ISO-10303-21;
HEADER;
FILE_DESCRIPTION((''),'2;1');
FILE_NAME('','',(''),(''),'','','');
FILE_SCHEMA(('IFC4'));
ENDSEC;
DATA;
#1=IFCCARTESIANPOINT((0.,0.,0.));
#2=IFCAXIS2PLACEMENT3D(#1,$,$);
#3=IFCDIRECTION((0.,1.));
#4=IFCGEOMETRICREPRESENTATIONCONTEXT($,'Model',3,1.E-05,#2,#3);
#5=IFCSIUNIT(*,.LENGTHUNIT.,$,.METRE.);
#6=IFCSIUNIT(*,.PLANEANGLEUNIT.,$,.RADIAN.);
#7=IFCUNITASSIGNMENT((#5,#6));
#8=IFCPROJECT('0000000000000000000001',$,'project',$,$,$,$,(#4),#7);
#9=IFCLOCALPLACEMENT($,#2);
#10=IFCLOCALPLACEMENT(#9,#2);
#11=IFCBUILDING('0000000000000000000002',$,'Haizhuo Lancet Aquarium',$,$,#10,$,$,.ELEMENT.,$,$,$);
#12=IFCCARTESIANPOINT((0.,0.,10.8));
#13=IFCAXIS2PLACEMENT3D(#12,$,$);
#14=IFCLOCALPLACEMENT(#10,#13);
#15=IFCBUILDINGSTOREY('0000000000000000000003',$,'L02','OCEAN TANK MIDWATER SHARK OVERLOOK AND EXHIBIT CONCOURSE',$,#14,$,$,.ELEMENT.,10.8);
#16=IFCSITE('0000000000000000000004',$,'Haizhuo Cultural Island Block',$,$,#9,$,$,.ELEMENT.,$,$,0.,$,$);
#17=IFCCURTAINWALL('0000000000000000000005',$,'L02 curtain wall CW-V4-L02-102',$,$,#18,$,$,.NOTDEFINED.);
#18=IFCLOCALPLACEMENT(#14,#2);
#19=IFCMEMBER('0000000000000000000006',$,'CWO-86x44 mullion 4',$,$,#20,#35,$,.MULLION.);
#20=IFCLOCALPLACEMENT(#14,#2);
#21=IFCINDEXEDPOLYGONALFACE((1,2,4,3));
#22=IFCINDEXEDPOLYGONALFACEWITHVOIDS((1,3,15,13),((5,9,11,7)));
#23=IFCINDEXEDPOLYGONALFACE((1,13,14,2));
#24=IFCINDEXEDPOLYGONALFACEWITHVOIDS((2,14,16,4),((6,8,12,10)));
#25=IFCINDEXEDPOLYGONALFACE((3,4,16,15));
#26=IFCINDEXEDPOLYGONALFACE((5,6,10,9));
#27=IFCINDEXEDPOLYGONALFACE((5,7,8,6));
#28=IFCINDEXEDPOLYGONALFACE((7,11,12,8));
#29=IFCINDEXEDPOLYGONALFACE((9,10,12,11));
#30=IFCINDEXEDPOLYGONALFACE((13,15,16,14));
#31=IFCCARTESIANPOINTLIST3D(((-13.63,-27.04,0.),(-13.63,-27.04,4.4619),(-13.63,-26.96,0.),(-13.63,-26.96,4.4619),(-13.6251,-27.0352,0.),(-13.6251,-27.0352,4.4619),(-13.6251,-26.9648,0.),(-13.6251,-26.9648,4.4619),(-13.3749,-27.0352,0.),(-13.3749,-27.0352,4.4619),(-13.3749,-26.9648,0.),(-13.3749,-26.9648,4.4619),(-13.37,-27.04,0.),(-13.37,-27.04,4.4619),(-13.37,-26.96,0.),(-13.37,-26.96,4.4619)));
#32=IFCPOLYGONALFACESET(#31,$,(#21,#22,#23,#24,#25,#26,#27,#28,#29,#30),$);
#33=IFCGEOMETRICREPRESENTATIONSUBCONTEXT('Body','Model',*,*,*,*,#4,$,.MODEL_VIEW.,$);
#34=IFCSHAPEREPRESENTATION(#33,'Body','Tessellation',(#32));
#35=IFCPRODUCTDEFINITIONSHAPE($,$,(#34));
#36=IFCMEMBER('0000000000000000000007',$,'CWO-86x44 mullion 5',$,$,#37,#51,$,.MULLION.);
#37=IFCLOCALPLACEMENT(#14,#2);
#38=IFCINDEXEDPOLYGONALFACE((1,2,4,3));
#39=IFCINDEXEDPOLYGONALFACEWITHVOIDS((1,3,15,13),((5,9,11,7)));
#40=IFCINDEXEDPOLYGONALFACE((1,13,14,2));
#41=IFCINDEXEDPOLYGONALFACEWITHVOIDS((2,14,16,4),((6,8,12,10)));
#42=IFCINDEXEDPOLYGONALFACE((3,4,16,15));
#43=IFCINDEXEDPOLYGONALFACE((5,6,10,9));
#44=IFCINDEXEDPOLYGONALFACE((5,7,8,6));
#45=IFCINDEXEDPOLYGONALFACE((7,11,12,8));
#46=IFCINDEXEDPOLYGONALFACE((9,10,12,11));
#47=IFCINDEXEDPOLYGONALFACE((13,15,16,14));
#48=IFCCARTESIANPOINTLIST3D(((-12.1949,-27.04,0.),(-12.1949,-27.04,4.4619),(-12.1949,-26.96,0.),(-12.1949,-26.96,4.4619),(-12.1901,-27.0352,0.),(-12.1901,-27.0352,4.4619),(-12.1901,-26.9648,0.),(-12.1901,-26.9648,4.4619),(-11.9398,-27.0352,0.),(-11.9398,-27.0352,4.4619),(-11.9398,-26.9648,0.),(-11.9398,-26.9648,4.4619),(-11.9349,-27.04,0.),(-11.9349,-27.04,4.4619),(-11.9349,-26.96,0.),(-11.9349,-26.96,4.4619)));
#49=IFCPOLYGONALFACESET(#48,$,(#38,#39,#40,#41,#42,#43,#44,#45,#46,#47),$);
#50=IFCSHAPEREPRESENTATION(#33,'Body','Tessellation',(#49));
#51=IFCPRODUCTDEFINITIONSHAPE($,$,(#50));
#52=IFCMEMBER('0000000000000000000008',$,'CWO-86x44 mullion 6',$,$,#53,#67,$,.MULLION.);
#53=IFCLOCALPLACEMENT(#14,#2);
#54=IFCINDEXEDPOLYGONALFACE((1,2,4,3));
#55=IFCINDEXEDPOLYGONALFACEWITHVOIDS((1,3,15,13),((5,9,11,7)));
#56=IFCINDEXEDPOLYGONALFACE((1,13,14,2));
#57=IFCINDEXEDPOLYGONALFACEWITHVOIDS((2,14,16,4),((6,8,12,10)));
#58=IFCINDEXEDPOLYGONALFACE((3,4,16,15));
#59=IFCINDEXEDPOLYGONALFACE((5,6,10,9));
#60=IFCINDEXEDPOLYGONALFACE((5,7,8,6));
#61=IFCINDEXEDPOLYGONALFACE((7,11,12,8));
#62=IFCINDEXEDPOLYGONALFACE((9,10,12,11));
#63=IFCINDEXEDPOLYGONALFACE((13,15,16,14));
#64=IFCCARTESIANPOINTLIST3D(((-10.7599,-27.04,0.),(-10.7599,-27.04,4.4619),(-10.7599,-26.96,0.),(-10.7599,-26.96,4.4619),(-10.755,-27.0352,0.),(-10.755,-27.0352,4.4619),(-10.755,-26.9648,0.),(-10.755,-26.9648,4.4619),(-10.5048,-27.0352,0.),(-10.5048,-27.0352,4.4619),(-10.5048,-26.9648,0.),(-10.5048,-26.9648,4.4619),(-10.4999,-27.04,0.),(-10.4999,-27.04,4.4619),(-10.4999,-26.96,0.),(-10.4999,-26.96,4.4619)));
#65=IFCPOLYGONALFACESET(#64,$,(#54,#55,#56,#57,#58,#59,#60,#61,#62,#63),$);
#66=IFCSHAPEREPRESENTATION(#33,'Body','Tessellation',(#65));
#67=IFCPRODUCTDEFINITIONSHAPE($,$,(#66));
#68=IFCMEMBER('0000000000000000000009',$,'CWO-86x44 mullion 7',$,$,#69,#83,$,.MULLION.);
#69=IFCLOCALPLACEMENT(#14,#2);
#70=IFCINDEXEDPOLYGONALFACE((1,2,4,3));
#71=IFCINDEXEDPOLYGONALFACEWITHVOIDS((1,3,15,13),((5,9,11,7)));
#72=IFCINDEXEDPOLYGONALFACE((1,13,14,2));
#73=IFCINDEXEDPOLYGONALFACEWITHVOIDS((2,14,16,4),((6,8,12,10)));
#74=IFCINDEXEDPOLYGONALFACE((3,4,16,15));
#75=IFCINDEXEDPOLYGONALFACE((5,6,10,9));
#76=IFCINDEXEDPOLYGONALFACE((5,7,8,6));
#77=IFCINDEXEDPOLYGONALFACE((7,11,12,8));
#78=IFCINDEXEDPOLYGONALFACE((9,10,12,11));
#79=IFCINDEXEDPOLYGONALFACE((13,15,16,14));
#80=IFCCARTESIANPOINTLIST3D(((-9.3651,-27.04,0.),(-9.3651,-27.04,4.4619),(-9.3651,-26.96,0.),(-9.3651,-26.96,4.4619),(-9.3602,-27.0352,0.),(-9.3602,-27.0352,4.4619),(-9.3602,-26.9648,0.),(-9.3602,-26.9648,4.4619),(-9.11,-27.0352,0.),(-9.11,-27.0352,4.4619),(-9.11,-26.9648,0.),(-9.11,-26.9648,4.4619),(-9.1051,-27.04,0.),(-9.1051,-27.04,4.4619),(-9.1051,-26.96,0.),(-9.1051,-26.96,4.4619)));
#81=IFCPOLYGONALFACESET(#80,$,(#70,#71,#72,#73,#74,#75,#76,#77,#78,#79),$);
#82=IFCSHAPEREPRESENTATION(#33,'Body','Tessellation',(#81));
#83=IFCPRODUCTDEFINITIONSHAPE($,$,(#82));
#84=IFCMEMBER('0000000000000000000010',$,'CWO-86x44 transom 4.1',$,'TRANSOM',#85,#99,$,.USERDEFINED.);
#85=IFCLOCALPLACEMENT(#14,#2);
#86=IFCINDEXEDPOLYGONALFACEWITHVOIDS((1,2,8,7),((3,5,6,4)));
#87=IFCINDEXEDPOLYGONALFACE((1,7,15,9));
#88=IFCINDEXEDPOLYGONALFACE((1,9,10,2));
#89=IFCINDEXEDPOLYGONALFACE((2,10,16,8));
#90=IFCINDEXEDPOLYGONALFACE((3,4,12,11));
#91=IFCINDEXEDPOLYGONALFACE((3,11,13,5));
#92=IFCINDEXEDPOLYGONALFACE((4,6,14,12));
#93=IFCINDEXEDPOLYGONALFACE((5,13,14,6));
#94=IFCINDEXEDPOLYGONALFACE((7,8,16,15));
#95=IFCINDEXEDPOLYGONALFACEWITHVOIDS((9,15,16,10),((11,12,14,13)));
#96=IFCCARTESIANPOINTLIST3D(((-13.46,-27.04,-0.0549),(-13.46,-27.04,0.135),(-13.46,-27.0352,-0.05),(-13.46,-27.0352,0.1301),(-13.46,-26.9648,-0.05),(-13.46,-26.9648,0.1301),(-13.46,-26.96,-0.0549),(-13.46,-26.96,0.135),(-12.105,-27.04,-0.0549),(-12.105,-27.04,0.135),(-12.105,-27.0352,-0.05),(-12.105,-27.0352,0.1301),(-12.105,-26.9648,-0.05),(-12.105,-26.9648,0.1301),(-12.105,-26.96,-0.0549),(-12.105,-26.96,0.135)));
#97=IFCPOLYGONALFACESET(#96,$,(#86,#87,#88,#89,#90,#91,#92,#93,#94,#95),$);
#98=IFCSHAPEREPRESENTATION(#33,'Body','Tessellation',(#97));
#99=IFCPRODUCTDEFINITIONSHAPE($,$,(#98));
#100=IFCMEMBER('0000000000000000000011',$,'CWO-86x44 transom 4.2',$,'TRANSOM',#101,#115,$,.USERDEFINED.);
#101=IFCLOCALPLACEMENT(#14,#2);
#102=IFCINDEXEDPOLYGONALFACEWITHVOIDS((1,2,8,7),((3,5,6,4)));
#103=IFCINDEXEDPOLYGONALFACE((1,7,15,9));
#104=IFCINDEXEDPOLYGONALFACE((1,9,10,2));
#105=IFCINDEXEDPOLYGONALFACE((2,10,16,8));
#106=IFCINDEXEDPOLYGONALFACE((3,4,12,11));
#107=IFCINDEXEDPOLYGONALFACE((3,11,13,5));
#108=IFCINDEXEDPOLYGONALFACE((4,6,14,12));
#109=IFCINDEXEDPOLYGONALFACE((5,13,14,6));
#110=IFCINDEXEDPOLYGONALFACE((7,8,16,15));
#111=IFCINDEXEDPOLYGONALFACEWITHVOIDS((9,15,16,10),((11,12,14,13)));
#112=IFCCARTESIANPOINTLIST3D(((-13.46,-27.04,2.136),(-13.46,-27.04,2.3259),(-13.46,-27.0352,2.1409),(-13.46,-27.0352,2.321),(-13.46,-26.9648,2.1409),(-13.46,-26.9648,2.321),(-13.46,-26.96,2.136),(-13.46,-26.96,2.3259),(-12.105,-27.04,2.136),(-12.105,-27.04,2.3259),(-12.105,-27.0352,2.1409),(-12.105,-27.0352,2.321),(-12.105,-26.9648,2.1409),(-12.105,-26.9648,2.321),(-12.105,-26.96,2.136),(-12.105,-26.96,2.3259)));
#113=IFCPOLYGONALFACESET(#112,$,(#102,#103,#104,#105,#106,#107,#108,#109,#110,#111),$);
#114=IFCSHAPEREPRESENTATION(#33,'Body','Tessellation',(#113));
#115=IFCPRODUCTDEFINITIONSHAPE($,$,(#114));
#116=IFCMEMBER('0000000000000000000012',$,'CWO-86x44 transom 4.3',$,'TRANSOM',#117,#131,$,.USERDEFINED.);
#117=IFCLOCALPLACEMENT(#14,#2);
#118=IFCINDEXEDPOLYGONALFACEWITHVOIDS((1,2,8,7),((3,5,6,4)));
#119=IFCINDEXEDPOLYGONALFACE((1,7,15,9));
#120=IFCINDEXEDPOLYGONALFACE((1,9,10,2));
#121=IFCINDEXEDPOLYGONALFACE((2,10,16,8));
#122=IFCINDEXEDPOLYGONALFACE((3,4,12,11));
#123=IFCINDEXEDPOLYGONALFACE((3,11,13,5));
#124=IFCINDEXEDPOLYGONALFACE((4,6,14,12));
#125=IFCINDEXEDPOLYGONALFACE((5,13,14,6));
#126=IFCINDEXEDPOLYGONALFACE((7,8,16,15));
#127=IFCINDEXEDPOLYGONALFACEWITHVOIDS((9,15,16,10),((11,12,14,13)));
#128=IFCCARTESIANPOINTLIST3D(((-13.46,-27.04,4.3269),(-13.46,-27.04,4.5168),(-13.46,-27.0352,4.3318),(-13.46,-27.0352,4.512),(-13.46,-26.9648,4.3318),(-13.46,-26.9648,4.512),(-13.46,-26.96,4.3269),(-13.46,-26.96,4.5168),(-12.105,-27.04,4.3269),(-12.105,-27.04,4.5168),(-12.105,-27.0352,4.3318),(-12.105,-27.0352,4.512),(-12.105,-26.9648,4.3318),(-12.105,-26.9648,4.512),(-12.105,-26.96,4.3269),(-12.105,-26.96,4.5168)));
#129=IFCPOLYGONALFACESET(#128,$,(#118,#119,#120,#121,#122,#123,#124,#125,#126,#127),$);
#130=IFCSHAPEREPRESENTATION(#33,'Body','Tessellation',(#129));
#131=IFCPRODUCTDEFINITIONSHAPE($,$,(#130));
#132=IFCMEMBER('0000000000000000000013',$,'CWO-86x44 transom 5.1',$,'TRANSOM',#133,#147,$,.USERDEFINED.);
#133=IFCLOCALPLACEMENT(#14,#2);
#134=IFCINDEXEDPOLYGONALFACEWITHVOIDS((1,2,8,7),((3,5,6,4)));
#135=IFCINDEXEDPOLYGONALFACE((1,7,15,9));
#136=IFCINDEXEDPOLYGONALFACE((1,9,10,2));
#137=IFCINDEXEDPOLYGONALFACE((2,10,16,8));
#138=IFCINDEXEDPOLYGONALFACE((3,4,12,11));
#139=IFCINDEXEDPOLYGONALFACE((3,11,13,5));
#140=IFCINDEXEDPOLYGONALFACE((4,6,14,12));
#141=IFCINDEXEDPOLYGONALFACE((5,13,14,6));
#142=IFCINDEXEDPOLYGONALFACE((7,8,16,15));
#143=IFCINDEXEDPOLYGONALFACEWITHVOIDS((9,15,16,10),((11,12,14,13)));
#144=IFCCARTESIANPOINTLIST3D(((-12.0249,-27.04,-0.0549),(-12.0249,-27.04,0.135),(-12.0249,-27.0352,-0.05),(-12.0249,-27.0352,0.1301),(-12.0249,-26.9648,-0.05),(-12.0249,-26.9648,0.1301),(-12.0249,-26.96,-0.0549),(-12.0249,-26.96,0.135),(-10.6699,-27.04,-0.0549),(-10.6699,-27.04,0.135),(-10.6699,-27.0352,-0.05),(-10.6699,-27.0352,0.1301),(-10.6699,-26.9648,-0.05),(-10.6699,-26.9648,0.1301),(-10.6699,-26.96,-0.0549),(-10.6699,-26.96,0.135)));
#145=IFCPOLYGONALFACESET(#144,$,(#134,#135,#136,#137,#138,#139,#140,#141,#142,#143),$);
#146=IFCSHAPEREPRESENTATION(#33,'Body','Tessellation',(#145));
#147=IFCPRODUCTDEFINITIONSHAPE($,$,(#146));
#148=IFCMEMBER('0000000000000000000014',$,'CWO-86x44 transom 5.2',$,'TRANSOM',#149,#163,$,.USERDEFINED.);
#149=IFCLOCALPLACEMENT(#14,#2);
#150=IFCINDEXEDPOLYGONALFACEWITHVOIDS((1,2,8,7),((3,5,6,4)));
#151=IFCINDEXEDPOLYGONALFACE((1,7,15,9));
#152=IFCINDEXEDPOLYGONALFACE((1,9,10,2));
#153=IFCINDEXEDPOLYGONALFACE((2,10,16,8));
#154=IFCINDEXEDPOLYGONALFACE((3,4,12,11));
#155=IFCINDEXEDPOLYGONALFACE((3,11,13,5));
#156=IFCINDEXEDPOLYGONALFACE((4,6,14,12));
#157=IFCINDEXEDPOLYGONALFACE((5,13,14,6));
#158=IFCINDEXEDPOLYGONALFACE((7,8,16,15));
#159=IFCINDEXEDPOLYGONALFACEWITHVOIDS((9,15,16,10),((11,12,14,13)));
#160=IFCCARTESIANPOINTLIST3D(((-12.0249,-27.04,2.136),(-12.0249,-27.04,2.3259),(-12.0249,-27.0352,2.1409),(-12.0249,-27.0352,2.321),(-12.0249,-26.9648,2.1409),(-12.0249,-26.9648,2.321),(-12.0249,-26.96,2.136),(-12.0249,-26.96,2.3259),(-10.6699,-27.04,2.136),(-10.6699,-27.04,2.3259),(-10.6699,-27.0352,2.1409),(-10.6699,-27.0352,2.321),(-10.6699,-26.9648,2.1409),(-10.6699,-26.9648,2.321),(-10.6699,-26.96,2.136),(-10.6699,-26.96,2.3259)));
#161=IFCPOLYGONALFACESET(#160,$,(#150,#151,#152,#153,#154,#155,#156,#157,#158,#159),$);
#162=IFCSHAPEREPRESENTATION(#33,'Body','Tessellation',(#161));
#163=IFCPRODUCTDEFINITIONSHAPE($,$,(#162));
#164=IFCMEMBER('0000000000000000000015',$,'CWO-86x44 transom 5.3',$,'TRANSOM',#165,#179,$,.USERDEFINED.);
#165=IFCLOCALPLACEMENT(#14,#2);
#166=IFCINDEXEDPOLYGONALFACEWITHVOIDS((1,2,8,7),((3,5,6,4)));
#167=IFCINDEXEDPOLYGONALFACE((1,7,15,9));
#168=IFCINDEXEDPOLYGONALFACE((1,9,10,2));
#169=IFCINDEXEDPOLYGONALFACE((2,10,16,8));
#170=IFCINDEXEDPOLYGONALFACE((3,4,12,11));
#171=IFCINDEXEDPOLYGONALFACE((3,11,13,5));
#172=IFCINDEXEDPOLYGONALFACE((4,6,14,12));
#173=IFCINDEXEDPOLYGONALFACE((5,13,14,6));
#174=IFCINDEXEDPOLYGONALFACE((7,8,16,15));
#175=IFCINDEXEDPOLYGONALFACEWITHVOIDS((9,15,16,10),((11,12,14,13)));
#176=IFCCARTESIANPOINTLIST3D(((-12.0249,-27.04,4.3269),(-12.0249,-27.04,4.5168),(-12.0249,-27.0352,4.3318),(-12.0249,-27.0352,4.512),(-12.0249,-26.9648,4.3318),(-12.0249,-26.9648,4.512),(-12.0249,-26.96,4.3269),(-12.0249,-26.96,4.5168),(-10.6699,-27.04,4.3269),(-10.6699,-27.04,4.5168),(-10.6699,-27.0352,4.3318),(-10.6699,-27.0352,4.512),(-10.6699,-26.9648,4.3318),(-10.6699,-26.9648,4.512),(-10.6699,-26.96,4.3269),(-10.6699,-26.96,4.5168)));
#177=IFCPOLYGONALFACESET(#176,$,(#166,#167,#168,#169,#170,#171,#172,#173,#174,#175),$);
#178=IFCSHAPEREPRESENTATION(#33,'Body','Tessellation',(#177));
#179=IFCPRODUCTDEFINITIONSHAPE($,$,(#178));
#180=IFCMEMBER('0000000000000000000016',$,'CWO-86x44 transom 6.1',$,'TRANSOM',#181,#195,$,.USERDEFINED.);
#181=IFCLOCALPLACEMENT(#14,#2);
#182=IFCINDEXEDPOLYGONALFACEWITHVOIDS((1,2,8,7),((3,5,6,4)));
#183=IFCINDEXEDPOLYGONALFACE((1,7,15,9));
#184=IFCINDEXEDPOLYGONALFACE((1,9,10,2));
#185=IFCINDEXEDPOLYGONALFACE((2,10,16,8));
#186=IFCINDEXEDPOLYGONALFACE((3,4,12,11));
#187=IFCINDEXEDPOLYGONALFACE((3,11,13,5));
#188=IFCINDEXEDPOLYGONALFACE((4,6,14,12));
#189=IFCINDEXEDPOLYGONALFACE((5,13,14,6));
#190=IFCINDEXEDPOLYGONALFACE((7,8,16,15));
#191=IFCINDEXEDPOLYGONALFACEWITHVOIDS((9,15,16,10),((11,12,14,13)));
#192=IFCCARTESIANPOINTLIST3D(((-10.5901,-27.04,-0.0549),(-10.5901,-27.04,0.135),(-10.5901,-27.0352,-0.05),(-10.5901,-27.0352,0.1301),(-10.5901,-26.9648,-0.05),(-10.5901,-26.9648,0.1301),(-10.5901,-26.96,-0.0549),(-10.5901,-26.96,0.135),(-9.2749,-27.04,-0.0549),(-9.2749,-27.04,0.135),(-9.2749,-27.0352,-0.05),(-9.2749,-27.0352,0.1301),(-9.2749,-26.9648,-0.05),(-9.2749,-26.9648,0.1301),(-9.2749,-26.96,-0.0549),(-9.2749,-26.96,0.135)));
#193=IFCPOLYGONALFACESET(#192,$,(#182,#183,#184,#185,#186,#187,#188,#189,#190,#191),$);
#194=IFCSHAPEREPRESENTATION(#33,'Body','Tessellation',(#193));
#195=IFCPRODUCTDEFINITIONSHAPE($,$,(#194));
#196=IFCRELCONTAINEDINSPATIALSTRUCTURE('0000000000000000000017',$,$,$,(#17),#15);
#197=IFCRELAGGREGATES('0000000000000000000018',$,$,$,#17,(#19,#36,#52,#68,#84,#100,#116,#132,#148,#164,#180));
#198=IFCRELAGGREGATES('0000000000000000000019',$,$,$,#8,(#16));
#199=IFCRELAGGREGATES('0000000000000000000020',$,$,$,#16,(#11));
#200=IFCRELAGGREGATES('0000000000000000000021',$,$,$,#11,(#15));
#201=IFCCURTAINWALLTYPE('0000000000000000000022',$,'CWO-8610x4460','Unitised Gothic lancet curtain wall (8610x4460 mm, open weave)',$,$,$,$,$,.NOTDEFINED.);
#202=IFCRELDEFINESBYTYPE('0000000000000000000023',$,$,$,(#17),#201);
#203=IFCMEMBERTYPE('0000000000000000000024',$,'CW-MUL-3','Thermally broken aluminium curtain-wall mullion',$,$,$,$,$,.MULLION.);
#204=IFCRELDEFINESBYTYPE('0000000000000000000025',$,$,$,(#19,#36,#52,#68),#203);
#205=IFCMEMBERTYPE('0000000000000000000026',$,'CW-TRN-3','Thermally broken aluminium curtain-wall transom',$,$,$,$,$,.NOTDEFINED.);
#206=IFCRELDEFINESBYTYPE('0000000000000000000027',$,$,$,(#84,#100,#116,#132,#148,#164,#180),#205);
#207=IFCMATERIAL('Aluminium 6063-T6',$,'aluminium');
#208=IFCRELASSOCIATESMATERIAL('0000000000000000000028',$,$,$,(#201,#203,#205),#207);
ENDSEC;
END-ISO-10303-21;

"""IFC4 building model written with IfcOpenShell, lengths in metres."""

from ifc_helpers import new_model, si_unit, direction, frame, origin, origin_2d, place, context, subcontext, project, spatial, hollow_rectangle, extrude, material, material_profile, profile_set, type_object, element, aggregate, save


model = new_model("IFC4")

# Units and contexts
model_context = context("Model", 3, precision=1e-05, world=origin(), true_north=direction((0.0, 1.0)))
body_context = subcontext(model_context, "Body", "Model", "MODEL_VIEW")
ifc_project = project(units=[si_unit("LENGTHUNIT", "METRE"), si_unit("PLANEANGLEUNIT", "RADIAN")], contexts=[model_context])

# Site, building, storey
site_placement = place(None, origin())
site = spatial("IfcSite", under=ifc_project, at=site_placement, Name="Haizhuo Cultural Island Block", CompositionType="ELEMENT", RefElevation=0.0)
building_placement = place(site_placement, origin())
building = spatial("IfcBuilding", under=site, at=building_placement, Name="Haizhuo Lancet Aquarium", CompositionType="ELEMENT")
storey_placement = place(building_placement, frame((0.0, 0.0, 10.8)))
storey = spatial("IfcBuildingStorey", under=building, at=storey_placement, Name="L02", Description="OCEAN TANK MIDWATER SHARK OVERLOOK AND EXHIBIT CONCOURSE", CompositionType="ELEMENT", Elevation=10.8)

# Curtain wall, members
ifc_material_1 = material(Name="Aluminium 6063-T6", Category="aluminium")
curtain_wall_type = type_object("IfcCurtainWallType", Name="CWO-8610x4460", Description="Unitised Gothic lancet curtain wall (8610x4460 mm, open weave)", PredefinedType="NOTDEFINED", material=ifc_material_1)
curtain_wall_placement = place(storey_placement, origin())
curtain_wall = element("IfcCurtainWall", 1, at=curtain_wall_placement, inside=storey, type_object=curtain_wall_type, Name="L02 curtain wall CW-V4-L02-102", PredefinedType="NOTDEFINED")
ifc_material_profile_1 = material_profile(ifc_material_1, hollow_rectangle(XDim=0.0801, YDim=0.26, WallThickness=0.0049, at=origin_2d()), Name="ALU-M 80x260x5")
ifc_profile_set_1 = profile_set([ifc_material_profile_1], Name="Aluminium 6063-T6")
member_type_1 = type_object("IfcMemberType", Name="CW-MUL-3", Description="Thermally broken aluminium curtain-wall mullion", PredefinedType="MULLION", material=ifc_profile_set_1)
member_1_placement = place(storey_placement, frame((-13.5, -27.0, 0.0), z_axis=(0.0, 0.0, 1.0), x_axis=(0.0, 1.0, 0.0)))
member_1 = element("IfcMember", 2, at=member_1_placement, type_object=member_type_1, Name="CWO-86x44 mullion 4", PredefinedType="MULLION", context=body_context, shape_type="SweptSolid", body=[
    extrude(hollow_rectangle(XDim=0.0801, YDim=0.26, WallThickness=0.0049, at=origin_2d()), origin(), (0.0, 0.0, 1.0), 4.4619),
])
member_2_placement = place(storey_placement, frame((-12.0649, -27.0, 0.0), z_axis=(0.0, 0.0, 1.0), x_axis=(0.0, 1.0, 0.0)))
member_2 = element("IfcMember", 3, at=member_2_placement, type_object=member_type_1, Name="CWO-86x44 mullion 5", PredefinedType="MULLION", context=body_context, shape_type="SweptSolid", body=[
    extrude(hollow_rectangle(XDim=0.0801, YDim=0.26, WallThickness=0.0049, at=origin_2d()), origin(), (0.0, 0.0, 1.0), 4.4619),
])
member_3_placement = place(storey_placement, frame((-10.6299, -27.0, 0.0), z_axis=(0.0, 0.0, 1.0), x_axis=(0.0, 1.0, 0.0)))
member_3 = element("IfcMember", 4, at=member_3_placement, type_object=member_type_1, Name="CWO-86x44 mullion 6", PredefinedType="MULLION", context=body_context, shape_type="SweptSolid", body=[
    extrude(hollow_rectangle(XDim=0.0801, YDim=0.26, WallThickness=0.0049, at=origin_2d()), origin(), (0.0, 0.0, 1.0), 4.4619),
])
member_4_placement = place(storey_placement, frame((-9.2351, -27.0, 0.0), z_axis=(0.0, 0.0, 1.0), x_axis=(0.0, 1.0, 0.0)))
member_4 = element("IfcMember", 5, at=member_4_placement, type_object=member_type_1, Name="CWO-86x44 mullion 7", PredefinedType="MULLION", context=body_context, shape_type="SweptSolid", body=[
    extrude(hollow_rectangle(XDim=0.0801, YDim=0.26, WallThickness=0.0049, at=origin_2d()), origin(), (0.0, 0.0, 1.0), 4.4619),
])
ifc_material_profile_2 = material_profile(ifc_material_1, hollow_rectangle(XDim=0.0801, YDim=0.1899, WallThickness=0.0049, at=origin_2d()), Name="ALU-T 80x190x5")
ifc_profile_set_2 = profile_set([ifc_material_profile_2], Name="Aluminium 6063-T6")
member_type_2 = type_object("IfcMemberType", Name="CW-TRN-3", Description="Thermally broken aluminium curtain-wall transom", PredefinedType="NOTDEFINED", material=ifc_profile_set_2)
member_5_placement = place(storey_placement, frame((-13.46, -27.0, 0.04), z_axis=(1.0, 0.0, 0.0), x_axis=(0.0, 1.0, 0.0)))
member_5 = element("IfcMember", 6, at=member_5_placement, type_object=member_type_2, Name="CWO-86x44 transom 4.1", ObjectType="TRANSOM", PredefinedType="USERDEFINED", context=body_context, shape_type="SweptSolid", body=[
    extrude(hollow_rectangle(XDim=0.0801, YDim=0.1899, WallThickness=0.0049, at=origin_2d()), origin(), (0.0, 0.0, 1.0), 1.355),
])
member_6_placement = place(storey_placement, frame((-13.46, -27.0, 2.231), z_axis=(1.0, 0.0, 0.0), x_axis=(0.0, 1.0, 0.0)))
member_6 = element("IfcMember", 7, at=member_6_placement, type_object=member_type_2, Name="CWO-86x44 transom 4.2", ObjectType="TRANSOM", PredefinedType="USERDEFINED", context=body_context, shape_type="SweptSolid", body=[
    extrude(hollow_rectangle(XDim=0.0801, YDim=0.1899, WallThickness=0.0049, at=origin_2d()), origin(), (0.0, 0.0, 1.0), 1.355),
])
member_7_placement = place(storey_placement, frame((-13.46, -27.0, 4.4219), z_axis=(1.0, 0.0, 0.0), x_axis=(0.0, 1.0, 0.0)))
member_7 = element("IfcMember", 8, at=member_7_placement, type_object=member_type_2, Name="CWO-86x44 transom 4.3", ObjectType="TRANSOM", PredefinedType="USERDEFINED", context=body_context, shape_type="SweptSolid", body=[
    extrude(hollow_rectangle(XDim=0.0801, YDim=0.1899, WallThickness=0.0049, at=origin_2d()), origin(), (0.0, 0.0, 1.0), 1.355),
])
member_8_placement = place(storey_placement, frame((-12.0249, -27.0, 0.04), z_axis=(1.0, 0.0, 0.0), x_axis=(0.0, 1.0, 0.0)))
member_8 = element("IfcMember", 9, at=member_8_placement, type_object=member_type_2, Name="CWO-86x44 transom 5.1", ObjectType="TRANSOM", PredefinedType="USERDEFINED", context=body_context, shape_type="SweptSolid", body=[
    extrude(hollow_rectangle(XDim=0.0801, YDim=0.1899, WallThickness=0.0049, at=origin_2d()), origin(), (0.0, 0.0, 1.0), 1.355),
])
member_9_placement = place(storey_placement, frame((-12.0249, -27.0, 2.231), z_axis=(1.0, 0.0, 0.0), x_axis=(0.0, 1.0, 0.0)))
member_9 = element("IfcMember", 10, at=member_9_placement, type_object=member_type_2, Name="CWO-86x44 transom 5.2", ObjectType="TRANSOM", PredefinedType="USERDEFINED", context=body_context, shape_type="SweptSolid", body=[
    extrude(hollow_rectangle(XDim=0.0801, YDim=0.1899, WallThickness=0.0049, at=origin_2d()), origin(), (0.0, 0.0, 1.0), 1.355),
])
member_10_placement = place(storey_placement, frame((-12.0249, -27.0, 4.4219), z_axis=(1.0, 0.0, 0.0), x_axis=(0.0, 1.0, 0.0)))
member_10 = element("IfcMember", 11, at=member_10_placement, type_object=member_type_2, Name="CWO-86x44 transom 5.3", ObjectType="TRANSOM", PredefinedType="USERDEFINED", context=body_context, shape_type="SweptSolid", body=[
    extrude(hollow_rectangle(XDim=0.0801, YDim=0.1899, WallThickness=0.0049, at=origin_2d()), origin(), (0.0, 0.0, 1.0), 1.355),
])
member_11_placement = place(storey_placement, frame((-10.5901, -27.0, 0.04), z_axis=(1.0, 0.0, 0.0), x_axis=(0.0, 1.0, 0.0)))
member_11 = element("IfcMember", 12, at=member_11_placement, type_object=member_type_2, Name="CWO-86x44 transom 6.1", ObjectType="TRANSOM", PredefinedType="USERDEFINED", context=body_context, shape_type="SweptSolid", body=[
    extrude(hollow_rectangle(XDim=0.0801, YDim=0.1899, WallThickness=0.0049, at=origin_2d()), origin(), (0.0, 0.0, 1.0), 1.3152),
])

aggregate(curtain_wall, [member_1, member_2, member_3, member_4, member_5, member_6, member_7, member_8, member_9, member_10, member_11])

save(model, "model.ifc")
